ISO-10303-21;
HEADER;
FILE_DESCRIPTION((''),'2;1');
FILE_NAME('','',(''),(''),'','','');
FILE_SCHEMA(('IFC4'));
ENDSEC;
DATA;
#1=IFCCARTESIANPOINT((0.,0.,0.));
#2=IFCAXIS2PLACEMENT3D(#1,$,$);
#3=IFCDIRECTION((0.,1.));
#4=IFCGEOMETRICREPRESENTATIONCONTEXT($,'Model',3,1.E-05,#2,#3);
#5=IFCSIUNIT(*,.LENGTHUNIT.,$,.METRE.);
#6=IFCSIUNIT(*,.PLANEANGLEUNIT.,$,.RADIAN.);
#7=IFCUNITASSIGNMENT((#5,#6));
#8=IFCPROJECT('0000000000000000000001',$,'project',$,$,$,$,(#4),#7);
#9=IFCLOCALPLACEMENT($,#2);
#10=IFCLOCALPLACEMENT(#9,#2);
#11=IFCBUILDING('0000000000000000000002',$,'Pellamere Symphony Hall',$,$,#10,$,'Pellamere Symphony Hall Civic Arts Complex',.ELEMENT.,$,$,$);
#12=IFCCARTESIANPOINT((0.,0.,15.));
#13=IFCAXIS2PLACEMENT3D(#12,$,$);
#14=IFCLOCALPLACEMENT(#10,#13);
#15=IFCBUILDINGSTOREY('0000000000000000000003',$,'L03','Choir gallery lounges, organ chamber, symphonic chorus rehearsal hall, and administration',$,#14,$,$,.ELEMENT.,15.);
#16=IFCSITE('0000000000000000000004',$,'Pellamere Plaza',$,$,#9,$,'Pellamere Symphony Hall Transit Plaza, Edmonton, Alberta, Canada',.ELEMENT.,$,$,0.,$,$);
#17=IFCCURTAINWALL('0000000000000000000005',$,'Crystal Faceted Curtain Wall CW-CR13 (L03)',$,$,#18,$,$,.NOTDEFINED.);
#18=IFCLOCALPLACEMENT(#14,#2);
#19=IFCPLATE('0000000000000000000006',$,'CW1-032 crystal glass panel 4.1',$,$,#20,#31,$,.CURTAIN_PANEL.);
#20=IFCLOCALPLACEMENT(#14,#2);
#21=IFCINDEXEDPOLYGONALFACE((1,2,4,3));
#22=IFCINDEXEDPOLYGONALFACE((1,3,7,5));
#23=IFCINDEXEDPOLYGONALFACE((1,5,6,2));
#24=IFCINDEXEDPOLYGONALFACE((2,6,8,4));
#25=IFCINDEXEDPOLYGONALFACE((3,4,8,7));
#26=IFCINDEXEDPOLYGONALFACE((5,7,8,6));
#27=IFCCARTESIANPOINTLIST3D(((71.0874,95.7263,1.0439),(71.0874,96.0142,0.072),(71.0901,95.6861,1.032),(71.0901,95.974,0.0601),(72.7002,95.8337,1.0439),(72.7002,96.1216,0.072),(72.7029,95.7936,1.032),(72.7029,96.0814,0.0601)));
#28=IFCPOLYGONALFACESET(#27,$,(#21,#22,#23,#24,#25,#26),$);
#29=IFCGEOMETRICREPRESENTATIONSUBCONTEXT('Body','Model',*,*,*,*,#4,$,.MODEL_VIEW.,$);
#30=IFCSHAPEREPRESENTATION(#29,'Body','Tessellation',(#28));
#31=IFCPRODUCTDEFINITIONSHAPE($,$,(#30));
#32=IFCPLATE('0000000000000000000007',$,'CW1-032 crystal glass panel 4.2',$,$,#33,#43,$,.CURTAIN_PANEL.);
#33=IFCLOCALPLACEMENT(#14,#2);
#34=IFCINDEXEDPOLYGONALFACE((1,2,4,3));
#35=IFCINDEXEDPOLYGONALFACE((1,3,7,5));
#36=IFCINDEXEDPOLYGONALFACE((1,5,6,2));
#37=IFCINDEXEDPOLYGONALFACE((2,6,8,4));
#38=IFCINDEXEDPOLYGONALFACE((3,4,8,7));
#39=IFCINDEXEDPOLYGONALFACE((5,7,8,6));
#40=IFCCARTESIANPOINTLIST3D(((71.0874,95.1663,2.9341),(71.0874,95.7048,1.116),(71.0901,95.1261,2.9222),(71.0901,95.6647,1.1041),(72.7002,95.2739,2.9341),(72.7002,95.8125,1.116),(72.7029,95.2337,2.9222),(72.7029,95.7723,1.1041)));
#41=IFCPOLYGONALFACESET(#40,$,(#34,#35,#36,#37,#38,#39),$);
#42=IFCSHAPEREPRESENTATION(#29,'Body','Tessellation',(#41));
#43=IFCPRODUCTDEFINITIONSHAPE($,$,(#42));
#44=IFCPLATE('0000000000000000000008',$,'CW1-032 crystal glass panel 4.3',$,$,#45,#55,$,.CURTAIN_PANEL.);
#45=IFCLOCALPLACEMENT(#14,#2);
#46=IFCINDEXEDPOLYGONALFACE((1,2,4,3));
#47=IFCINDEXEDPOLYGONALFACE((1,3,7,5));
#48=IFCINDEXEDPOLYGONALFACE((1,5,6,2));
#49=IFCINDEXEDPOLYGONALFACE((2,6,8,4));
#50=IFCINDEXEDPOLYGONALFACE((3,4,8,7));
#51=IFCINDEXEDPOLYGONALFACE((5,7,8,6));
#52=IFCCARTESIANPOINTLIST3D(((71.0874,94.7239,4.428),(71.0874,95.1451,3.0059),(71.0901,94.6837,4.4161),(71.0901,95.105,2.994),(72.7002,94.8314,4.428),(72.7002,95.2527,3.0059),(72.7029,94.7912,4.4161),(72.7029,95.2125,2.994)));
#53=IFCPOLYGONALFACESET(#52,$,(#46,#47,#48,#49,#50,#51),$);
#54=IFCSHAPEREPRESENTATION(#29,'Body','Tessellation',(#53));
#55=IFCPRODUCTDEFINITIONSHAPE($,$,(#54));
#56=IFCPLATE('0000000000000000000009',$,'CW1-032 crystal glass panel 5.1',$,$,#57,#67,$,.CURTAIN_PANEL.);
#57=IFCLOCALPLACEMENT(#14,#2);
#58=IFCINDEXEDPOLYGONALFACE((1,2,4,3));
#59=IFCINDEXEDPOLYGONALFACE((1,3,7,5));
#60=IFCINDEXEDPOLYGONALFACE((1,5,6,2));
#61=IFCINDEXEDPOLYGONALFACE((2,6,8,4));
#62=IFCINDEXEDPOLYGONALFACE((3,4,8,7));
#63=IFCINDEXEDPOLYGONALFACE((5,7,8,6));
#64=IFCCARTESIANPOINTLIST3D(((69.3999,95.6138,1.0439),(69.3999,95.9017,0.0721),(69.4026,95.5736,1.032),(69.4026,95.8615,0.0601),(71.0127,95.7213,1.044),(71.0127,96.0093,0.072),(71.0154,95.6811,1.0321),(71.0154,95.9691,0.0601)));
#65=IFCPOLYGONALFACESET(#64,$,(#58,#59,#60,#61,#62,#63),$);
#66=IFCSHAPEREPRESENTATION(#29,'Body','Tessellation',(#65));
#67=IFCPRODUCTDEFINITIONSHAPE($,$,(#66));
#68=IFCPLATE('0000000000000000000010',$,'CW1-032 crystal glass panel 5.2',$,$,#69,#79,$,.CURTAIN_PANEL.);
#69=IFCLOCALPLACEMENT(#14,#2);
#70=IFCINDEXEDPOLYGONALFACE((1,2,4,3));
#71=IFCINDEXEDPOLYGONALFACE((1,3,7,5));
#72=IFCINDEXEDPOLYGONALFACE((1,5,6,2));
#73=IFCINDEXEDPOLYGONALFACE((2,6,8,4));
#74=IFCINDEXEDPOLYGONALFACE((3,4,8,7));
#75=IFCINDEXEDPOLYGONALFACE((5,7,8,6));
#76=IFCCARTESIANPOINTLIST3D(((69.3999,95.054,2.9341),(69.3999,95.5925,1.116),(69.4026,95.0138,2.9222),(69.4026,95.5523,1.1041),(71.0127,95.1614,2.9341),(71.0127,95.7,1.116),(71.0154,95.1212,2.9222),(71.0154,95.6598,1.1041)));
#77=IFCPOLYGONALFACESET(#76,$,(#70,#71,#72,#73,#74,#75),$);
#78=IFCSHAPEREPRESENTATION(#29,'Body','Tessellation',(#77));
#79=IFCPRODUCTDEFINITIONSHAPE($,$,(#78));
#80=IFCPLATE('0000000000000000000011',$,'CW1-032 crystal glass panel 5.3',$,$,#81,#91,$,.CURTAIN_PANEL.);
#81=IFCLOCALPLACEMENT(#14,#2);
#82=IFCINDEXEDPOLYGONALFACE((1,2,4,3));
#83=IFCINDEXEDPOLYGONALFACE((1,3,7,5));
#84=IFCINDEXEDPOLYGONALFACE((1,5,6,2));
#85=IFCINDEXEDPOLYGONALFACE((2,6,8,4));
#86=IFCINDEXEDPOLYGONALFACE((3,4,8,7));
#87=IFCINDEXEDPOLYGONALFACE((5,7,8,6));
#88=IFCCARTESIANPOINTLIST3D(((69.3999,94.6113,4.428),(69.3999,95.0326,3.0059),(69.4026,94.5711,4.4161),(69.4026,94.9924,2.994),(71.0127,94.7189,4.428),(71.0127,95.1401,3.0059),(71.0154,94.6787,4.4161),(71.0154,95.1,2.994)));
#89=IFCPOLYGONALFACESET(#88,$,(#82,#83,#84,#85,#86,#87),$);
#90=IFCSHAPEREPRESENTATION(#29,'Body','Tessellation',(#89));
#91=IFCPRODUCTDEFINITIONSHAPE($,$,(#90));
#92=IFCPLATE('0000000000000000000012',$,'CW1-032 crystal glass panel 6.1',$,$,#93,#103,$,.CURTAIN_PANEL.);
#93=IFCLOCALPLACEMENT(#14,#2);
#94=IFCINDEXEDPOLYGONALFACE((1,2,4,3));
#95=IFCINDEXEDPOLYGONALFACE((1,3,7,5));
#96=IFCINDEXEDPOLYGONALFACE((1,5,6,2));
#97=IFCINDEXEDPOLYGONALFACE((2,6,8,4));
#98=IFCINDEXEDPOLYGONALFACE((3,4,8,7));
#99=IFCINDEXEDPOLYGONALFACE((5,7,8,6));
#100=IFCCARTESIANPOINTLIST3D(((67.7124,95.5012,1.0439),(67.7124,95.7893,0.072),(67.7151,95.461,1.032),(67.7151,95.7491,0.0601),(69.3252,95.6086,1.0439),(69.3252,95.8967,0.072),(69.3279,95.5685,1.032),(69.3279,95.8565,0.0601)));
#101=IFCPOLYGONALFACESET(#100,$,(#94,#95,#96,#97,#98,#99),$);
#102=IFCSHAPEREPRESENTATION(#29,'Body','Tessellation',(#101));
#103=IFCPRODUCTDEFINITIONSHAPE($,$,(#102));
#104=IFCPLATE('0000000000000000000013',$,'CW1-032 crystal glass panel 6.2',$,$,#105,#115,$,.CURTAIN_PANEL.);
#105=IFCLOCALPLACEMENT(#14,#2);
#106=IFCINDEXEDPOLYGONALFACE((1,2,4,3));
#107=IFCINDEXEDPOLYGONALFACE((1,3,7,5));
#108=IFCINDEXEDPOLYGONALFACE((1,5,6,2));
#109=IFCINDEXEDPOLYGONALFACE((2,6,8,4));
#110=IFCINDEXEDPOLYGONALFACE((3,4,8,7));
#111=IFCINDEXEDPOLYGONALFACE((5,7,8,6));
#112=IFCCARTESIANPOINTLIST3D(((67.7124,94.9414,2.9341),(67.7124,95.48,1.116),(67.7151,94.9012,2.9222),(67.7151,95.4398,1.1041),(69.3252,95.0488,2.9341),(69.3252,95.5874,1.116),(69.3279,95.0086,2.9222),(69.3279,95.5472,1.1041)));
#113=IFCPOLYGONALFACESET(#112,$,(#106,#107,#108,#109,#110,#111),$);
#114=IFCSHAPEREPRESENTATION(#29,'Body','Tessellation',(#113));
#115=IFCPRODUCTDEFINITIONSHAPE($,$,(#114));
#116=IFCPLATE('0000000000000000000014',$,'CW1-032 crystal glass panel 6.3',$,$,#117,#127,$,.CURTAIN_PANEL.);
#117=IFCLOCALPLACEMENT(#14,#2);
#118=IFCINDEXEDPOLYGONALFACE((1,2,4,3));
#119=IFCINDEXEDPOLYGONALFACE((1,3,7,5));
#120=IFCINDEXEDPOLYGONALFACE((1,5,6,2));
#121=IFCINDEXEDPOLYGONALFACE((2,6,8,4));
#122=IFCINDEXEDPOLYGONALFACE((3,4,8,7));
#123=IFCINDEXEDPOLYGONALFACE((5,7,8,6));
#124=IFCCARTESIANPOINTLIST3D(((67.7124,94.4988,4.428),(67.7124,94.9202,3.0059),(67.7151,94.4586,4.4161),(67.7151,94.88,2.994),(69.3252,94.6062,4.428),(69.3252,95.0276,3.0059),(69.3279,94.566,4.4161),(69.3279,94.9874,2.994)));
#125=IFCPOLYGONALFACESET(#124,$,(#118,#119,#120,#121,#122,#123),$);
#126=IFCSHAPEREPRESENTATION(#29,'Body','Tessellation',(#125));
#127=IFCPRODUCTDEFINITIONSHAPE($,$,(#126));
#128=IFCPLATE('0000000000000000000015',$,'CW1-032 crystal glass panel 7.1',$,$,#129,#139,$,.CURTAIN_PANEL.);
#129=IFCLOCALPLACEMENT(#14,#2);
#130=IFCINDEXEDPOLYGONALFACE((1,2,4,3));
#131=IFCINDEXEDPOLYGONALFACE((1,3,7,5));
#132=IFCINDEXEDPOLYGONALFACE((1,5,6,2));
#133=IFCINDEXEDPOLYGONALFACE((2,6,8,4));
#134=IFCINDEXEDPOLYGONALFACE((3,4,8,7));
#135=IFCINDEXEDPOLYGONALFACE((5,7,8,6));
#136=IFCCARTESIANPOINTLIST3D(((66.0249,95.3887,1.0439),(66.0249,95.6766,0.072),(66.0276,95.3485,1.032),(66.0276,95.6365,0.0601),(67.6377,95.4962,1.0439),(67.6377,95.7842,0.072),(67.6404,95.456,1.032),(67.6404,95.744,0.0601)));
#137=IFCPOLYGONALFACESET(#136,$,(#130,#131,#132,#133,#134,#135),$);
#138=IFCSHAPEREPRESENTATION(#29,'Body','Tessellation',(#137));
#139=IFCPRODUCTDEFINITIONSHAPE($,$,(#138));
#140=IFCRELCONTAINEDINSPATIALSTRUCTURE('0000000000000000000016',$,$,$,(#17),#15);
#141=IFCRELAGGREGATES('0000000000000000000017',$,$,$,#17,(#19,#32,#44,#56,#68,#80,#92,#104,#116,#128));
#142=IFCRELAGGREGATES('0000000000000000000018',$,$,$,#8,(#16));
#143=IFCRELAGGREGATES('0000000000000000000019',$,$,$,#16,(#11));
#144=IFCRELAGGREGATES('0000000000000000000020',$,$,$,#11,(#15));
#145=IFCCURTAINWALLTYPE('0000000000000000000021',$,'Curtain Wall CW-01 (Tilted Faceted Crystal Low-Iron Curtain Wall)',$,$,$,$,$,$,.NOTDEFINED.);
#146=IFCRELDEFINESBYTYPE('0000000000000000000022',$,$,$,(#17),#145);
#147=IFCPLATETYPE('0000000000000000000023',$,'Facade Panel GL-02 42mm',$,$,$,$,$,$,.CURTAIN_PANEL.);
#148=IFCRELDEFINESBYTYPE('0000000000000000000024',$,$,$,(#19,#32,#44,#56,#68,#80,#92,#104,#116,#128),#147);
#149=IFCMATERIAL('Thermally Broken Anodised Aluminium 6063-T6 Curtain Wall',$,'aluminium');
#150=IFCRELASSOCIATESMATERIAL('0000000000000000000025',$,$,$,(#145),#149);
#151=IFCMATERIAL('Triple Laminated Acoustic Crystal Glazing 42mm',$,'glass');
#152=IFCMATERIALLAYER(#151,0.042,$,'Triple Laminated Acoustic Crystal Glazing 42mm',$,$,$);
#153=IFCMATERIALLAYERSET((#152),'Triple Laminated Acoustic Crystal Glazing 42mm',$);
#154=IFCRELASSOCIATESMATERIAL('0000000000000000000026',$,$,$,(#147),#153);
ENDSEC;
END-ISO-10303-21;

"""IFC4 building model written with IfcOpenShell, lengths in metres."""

from ifc_helpers import new_model, si_unit, direction, frame, origin, place, context, subcontext, project, spatial, polyline, outline, extrude, material, layer, layer_set, type_object, element, aggregate, save


model = new_model("IFC4")

# Units and contexts
model_context = context("Model", 3, precision=1e-05, world=origin(), true_north=direction((0.0, 1.0)))
body_context = subcontext(model_context, "Body", "Model", "MODEL_VIEW")
ifc_project = project(units=[si_unit("LENGTHUNIT", "METRE"), si_unit("PLANEANGLEUNIT", "RADIAN")], contexts=[model_context])

# Site, building, storey
site_placement = place(None, origin())
site = spatial("IfcSite", under=ifc_project, at=site_placement, Name="Pellamere Plaza", LongName="Pellamere Symphony Hall Transit Plaza, Edmonton, Alberta, Canada", CompositionType="ELEMENT", RefElevation=0.0)
building_placement = place(site_placement, origin())
building = spatial("IfcBuilding", under=site, at=building_placement, Name="Pellamere Symphony Hall", LongName="Pellamere Symphony Hall Civic Arts Complex", CompositionType="ELEMENT")
storey_placement = place(building_placement, frame((0.0, 0.0, 15.0)))
storey = spatial("IfcBuildingStorey", under=building, at=storey_placement, Name="L03", Description="Choir gallery lounges, organ chamber, symphonic chorus rehearsal hall, and administration", CompositionType="ELEMENT", Elevation=15.0)

# Curtain wall
ifc_material_1 = material(Name="Thermally Broken Anodised Aluminium 6063-T6 Curtain Wall", Category="aluminium")
curtain_wall_type = type_object("IfcCurtainWallType", Name="Curtain Wall CW-01 (Tilted Faceted Crystal Low-Iron Curtain Wall)", PredefinedType="NOTDEFINED", material=ifc_material_1)
curtain_wall_placement = place(storey_placement, origin())
curtain_wall = element("IfcCurtainWall", 1, at=curtain_wall_placement, inside=storey, type_object=curtain_wall_type, Name="Crystal Faceted Curtain Wall CW-CR13 (L03)", PredefinedType="NOTDEFINED")

# Plates
ifc_material_2 = material(Name="Triple Laminated Acoustic Crystal Glazing 42mm", Category="glass")
ifc_layer = layer(ifc_material_2, 0.042, Name="Triple Laminated Acoustic Crystal Glazing 42mm")
ifc_layer_set = layer_set([ifc_layer], Name="Triple Laminated Acoustic Crystal Glazing 42mm")
plate_type = type_object("IfcPlateType", Name="Facade Panel GL-02 42mm", PredefinedType="CURTAIN_PANEL", material=ifc_layer_set)
plate_1_placement = place(storey_placement, frame((72.7002, 96.1216, 0.072), z_axis=(-0.063734, 0.956885, 0.283388), x_axis=(-0.997789, -0.066459, 0.0)))
plate_1 = element("IfcPlate", 2, at=plate_1_placement, type_object=plate_type, Name="CW1-032 crystal glass panel 4.1", PredefinedType="CURTAIN_PANEL", context=body_context, shape_type="SweptSolid", body=[
    extrude(outline(polyline([(0.0, 0.0), (1.6164, 0.0), (1.6355, 1.0135), (0.0191, 1.0135), (0.0, 0.0)])), origin(), (0.0, 0.0, -1.0), 0.042),
])
plate_2_placement = place(storey_placement, frame((72.7002, 95.8125, 1.116), z_axis=(-0.063877, 0.956858, 0.283447), x_axis=(-0.997779, -0.066609, 0.0)))
plate_2 = element("IfcPlate", 3, at=plate_2_placement, type_object=plate_type, Name="CW1-032 crystal glass panel 4.2", PredefinedType="CURTAIN_PANEL", context=body_context, shape_type="SweptSolid", body=[
    extrude(outline(polyline([(0.0, 0.0), (1.6164, 0.0), (1.6523, 1.8959), (0.0359, 1.8959), (0.0, 0.0)])), origin(), (0.0, 0.0, -1.0), 0.042),
])
plate_3_placement = place(storey_placement, frame((72.7002, 95.2527, 3.0059), z_axis=(-0.063805, 0.956863, 0.283445), x_axis=(-0.997784, -0.06654, 0.00002)))
plate_3 = element("IfcPlate", 4, at=plate_3_placement, type_object=plate_type, Name="CW1-032 crystal glass panel 4.3", PredefinedType="CURTAIN_PANEL", context=body_context, shape_type="SweptSolid", body=[
    extrude(outline(polyline([(0.0, 0.0), (1.6164, 0.0), (1.6444, 1.4829), (0.0281, 1.483), (0.0, 0.0)])), origin(), (0.0, 0.0, -1.0), 0.042),
])
plate_4_placement = place(storey_placement, frame((71.0127, 96.0093, 0.072), z_axis=(-0.063804, 0.956848, 0.283497), x_axis=(-0.997784, -0.06654, 0.00002)))
plate_4 = element("IfcPlate", 5, at=plate_4_placement, type_object=plate_type, Name="CW1-032 crystal glass panel 5.1", PredefinedType="CURTAIN_PANEL", context=body_context, shape_type="SweptSolid", body=[
    extrude(outline(polyline([(0.0, 0.0), (1.6164, 0.0), (1.6356, 1.0135), (0.0192, 1.0135), (0.0, 0.0)])), origin(), (0.0, 0.0, -1.0), 0.042),
])
plate_5_placement = place(storey_placement, frame((71.0127, 95.7, 1.116), z_axis=(-0.063733, 0.956867, 0.28345), x_axis=(-0.997789, -0.066459, 0.0)))
plate_5 = element("IfcPlate", 6, at=plate_5_placement, type_object=plate_type, Name="CW1-032 crystal glass panel 5.2", PredefinedType="CURTAIN_PANEL", context=body_context, shape_type="SweptSolid", body=[
    extrude(outline(polyline([(0.0, 0.0), (1.6164, 0.0), (1.6522, 1.8959), (0.0358, 1.8959), (0.0, 0.0)])), origin(), (0.0, 0.0, -1.0), 0.042),
])
plate_6_placement = place(storey_placement, frame((71.0127, 95.1401, 3.0059), z_axis=(-0.063805, 0.956863, 0.283445), x_axis=(-0.997784, -0.06654, 0.00002)))
plate_6 = element("IfcPlate", 7, at=plate_6_placement, type_object=plate_type, Name="CW1-032 crystal glass panel 5.3", PredefinedType="CURTAIN_PANEL", context=body_context, shape_type="SweptSolid", body=[
    extrude(outline(polyline([(0.0, 0.0), (1.6164, 0.0), (1.6444, 1.4829), (0.0281, 1.483), (0.0, 0.0)])), origin(), (0.0, 0.0, -1.0), 0.042),
])
plate_7_placement = place(storey_placement, frame((69.3252, 95.8967, 0.072), z_axis=(-0.06373, 0.95682, 0.283609), x_axis=(-0.997789, -0.066459, 0.0)))
plate_7 = element("IfcPlate", 8, at=plate_7_placement, type_object=plate_type, Name="CW1-032 crystal glass panel 6.1", PredefinedType="CURTAIN_PANEL", context=body_context, shape_type="SweptSolid", body=[
    extrude(outline(polyline([(0.0, 0.0), (1.6164, 0.0), (1.6355, 1.0135), (0.0191, 1.0135), (0.0, 0.0)])), origin(), (0.0, 0.0, -1.0), 0.042),
])
plate_8_placement = place(storey_placement, frame((69.3252, 95.5874, 1.116), z_axis=(-0.063733, 0.956867, 0.28345), x_axis=(-0.997789, -0.066459, 0.0)))
plate_8 = element("IfcPlate", 9, at=plate_8_placement, type_object=plate_type, Name="CW1-032 crystal glass panel 6.2", PredefinedType="CURTAIN_PANEL", context=body_context, shape_type="SweptSolid", body=[
    extrude(outline(polyline([(0.0, 0.0), (1.6164, 0.0), (1.6522, 1.8959), (0.0358, 1.8959), (0.0, 0.0)])), origin(), (0.0, 0.0, -1.0), 0.042),
])
plate_9_placement = place(storey_placement, frame((69.3252, 95.0276, 3.0059), z_axis=(-0.063732, 0.956846, 0.283522), x_axis=(-0.997789, -0.066459, 0.0)))
plate_9 = element("IfcPlate", 10, at=plate_9_placement, type_object=plate_type, Name="CW1-032 crystal glass panel 6.3", PredefinedType="CURTAIN_PANEL", context=body_context, shape_type="SweptSolid", body=[
    extrude(outline(polyline([(0.0, 0.0), (1.6164, 0.0), (1.6444, 1.483), (0.028, 1.483), (0.0, 0.0)])), origin(), (0.0, 0.0, -1.0), 0.042),
])
plate_10_placement = place(storey_placement, frame((67.6377, 95.7842, 0.072), z_axis=(-0.063804, 0.956848, 0.283497), x_axis=(-0.997785, -0.066528, -0.00002)))
plate_10 = element("IfcPlate", 11, at=plate_10_placement, type_object=plate_type, Name="CW1-032 crystal glass panel 7.1", PredefinedType="CURTAIN_PANEL", context=body_context, shape_type="SweptSolid", body=[
    extrude(outline(polyline([(0.0, 0.0), (1.6164, 0.0), (1.6355, 1.0135), (0.0191, 1.0135), (0.0, 0.0)])), origin(), (0.0, 0.0, -1.0), 0.042),
])
aggregate(curtain_wall, [plate_1, plate_2, plate_3, plate_4, plate_5, plate_6, plate_7, plate_8, plate_9, plate_10])

save(model, "model.ifc")
